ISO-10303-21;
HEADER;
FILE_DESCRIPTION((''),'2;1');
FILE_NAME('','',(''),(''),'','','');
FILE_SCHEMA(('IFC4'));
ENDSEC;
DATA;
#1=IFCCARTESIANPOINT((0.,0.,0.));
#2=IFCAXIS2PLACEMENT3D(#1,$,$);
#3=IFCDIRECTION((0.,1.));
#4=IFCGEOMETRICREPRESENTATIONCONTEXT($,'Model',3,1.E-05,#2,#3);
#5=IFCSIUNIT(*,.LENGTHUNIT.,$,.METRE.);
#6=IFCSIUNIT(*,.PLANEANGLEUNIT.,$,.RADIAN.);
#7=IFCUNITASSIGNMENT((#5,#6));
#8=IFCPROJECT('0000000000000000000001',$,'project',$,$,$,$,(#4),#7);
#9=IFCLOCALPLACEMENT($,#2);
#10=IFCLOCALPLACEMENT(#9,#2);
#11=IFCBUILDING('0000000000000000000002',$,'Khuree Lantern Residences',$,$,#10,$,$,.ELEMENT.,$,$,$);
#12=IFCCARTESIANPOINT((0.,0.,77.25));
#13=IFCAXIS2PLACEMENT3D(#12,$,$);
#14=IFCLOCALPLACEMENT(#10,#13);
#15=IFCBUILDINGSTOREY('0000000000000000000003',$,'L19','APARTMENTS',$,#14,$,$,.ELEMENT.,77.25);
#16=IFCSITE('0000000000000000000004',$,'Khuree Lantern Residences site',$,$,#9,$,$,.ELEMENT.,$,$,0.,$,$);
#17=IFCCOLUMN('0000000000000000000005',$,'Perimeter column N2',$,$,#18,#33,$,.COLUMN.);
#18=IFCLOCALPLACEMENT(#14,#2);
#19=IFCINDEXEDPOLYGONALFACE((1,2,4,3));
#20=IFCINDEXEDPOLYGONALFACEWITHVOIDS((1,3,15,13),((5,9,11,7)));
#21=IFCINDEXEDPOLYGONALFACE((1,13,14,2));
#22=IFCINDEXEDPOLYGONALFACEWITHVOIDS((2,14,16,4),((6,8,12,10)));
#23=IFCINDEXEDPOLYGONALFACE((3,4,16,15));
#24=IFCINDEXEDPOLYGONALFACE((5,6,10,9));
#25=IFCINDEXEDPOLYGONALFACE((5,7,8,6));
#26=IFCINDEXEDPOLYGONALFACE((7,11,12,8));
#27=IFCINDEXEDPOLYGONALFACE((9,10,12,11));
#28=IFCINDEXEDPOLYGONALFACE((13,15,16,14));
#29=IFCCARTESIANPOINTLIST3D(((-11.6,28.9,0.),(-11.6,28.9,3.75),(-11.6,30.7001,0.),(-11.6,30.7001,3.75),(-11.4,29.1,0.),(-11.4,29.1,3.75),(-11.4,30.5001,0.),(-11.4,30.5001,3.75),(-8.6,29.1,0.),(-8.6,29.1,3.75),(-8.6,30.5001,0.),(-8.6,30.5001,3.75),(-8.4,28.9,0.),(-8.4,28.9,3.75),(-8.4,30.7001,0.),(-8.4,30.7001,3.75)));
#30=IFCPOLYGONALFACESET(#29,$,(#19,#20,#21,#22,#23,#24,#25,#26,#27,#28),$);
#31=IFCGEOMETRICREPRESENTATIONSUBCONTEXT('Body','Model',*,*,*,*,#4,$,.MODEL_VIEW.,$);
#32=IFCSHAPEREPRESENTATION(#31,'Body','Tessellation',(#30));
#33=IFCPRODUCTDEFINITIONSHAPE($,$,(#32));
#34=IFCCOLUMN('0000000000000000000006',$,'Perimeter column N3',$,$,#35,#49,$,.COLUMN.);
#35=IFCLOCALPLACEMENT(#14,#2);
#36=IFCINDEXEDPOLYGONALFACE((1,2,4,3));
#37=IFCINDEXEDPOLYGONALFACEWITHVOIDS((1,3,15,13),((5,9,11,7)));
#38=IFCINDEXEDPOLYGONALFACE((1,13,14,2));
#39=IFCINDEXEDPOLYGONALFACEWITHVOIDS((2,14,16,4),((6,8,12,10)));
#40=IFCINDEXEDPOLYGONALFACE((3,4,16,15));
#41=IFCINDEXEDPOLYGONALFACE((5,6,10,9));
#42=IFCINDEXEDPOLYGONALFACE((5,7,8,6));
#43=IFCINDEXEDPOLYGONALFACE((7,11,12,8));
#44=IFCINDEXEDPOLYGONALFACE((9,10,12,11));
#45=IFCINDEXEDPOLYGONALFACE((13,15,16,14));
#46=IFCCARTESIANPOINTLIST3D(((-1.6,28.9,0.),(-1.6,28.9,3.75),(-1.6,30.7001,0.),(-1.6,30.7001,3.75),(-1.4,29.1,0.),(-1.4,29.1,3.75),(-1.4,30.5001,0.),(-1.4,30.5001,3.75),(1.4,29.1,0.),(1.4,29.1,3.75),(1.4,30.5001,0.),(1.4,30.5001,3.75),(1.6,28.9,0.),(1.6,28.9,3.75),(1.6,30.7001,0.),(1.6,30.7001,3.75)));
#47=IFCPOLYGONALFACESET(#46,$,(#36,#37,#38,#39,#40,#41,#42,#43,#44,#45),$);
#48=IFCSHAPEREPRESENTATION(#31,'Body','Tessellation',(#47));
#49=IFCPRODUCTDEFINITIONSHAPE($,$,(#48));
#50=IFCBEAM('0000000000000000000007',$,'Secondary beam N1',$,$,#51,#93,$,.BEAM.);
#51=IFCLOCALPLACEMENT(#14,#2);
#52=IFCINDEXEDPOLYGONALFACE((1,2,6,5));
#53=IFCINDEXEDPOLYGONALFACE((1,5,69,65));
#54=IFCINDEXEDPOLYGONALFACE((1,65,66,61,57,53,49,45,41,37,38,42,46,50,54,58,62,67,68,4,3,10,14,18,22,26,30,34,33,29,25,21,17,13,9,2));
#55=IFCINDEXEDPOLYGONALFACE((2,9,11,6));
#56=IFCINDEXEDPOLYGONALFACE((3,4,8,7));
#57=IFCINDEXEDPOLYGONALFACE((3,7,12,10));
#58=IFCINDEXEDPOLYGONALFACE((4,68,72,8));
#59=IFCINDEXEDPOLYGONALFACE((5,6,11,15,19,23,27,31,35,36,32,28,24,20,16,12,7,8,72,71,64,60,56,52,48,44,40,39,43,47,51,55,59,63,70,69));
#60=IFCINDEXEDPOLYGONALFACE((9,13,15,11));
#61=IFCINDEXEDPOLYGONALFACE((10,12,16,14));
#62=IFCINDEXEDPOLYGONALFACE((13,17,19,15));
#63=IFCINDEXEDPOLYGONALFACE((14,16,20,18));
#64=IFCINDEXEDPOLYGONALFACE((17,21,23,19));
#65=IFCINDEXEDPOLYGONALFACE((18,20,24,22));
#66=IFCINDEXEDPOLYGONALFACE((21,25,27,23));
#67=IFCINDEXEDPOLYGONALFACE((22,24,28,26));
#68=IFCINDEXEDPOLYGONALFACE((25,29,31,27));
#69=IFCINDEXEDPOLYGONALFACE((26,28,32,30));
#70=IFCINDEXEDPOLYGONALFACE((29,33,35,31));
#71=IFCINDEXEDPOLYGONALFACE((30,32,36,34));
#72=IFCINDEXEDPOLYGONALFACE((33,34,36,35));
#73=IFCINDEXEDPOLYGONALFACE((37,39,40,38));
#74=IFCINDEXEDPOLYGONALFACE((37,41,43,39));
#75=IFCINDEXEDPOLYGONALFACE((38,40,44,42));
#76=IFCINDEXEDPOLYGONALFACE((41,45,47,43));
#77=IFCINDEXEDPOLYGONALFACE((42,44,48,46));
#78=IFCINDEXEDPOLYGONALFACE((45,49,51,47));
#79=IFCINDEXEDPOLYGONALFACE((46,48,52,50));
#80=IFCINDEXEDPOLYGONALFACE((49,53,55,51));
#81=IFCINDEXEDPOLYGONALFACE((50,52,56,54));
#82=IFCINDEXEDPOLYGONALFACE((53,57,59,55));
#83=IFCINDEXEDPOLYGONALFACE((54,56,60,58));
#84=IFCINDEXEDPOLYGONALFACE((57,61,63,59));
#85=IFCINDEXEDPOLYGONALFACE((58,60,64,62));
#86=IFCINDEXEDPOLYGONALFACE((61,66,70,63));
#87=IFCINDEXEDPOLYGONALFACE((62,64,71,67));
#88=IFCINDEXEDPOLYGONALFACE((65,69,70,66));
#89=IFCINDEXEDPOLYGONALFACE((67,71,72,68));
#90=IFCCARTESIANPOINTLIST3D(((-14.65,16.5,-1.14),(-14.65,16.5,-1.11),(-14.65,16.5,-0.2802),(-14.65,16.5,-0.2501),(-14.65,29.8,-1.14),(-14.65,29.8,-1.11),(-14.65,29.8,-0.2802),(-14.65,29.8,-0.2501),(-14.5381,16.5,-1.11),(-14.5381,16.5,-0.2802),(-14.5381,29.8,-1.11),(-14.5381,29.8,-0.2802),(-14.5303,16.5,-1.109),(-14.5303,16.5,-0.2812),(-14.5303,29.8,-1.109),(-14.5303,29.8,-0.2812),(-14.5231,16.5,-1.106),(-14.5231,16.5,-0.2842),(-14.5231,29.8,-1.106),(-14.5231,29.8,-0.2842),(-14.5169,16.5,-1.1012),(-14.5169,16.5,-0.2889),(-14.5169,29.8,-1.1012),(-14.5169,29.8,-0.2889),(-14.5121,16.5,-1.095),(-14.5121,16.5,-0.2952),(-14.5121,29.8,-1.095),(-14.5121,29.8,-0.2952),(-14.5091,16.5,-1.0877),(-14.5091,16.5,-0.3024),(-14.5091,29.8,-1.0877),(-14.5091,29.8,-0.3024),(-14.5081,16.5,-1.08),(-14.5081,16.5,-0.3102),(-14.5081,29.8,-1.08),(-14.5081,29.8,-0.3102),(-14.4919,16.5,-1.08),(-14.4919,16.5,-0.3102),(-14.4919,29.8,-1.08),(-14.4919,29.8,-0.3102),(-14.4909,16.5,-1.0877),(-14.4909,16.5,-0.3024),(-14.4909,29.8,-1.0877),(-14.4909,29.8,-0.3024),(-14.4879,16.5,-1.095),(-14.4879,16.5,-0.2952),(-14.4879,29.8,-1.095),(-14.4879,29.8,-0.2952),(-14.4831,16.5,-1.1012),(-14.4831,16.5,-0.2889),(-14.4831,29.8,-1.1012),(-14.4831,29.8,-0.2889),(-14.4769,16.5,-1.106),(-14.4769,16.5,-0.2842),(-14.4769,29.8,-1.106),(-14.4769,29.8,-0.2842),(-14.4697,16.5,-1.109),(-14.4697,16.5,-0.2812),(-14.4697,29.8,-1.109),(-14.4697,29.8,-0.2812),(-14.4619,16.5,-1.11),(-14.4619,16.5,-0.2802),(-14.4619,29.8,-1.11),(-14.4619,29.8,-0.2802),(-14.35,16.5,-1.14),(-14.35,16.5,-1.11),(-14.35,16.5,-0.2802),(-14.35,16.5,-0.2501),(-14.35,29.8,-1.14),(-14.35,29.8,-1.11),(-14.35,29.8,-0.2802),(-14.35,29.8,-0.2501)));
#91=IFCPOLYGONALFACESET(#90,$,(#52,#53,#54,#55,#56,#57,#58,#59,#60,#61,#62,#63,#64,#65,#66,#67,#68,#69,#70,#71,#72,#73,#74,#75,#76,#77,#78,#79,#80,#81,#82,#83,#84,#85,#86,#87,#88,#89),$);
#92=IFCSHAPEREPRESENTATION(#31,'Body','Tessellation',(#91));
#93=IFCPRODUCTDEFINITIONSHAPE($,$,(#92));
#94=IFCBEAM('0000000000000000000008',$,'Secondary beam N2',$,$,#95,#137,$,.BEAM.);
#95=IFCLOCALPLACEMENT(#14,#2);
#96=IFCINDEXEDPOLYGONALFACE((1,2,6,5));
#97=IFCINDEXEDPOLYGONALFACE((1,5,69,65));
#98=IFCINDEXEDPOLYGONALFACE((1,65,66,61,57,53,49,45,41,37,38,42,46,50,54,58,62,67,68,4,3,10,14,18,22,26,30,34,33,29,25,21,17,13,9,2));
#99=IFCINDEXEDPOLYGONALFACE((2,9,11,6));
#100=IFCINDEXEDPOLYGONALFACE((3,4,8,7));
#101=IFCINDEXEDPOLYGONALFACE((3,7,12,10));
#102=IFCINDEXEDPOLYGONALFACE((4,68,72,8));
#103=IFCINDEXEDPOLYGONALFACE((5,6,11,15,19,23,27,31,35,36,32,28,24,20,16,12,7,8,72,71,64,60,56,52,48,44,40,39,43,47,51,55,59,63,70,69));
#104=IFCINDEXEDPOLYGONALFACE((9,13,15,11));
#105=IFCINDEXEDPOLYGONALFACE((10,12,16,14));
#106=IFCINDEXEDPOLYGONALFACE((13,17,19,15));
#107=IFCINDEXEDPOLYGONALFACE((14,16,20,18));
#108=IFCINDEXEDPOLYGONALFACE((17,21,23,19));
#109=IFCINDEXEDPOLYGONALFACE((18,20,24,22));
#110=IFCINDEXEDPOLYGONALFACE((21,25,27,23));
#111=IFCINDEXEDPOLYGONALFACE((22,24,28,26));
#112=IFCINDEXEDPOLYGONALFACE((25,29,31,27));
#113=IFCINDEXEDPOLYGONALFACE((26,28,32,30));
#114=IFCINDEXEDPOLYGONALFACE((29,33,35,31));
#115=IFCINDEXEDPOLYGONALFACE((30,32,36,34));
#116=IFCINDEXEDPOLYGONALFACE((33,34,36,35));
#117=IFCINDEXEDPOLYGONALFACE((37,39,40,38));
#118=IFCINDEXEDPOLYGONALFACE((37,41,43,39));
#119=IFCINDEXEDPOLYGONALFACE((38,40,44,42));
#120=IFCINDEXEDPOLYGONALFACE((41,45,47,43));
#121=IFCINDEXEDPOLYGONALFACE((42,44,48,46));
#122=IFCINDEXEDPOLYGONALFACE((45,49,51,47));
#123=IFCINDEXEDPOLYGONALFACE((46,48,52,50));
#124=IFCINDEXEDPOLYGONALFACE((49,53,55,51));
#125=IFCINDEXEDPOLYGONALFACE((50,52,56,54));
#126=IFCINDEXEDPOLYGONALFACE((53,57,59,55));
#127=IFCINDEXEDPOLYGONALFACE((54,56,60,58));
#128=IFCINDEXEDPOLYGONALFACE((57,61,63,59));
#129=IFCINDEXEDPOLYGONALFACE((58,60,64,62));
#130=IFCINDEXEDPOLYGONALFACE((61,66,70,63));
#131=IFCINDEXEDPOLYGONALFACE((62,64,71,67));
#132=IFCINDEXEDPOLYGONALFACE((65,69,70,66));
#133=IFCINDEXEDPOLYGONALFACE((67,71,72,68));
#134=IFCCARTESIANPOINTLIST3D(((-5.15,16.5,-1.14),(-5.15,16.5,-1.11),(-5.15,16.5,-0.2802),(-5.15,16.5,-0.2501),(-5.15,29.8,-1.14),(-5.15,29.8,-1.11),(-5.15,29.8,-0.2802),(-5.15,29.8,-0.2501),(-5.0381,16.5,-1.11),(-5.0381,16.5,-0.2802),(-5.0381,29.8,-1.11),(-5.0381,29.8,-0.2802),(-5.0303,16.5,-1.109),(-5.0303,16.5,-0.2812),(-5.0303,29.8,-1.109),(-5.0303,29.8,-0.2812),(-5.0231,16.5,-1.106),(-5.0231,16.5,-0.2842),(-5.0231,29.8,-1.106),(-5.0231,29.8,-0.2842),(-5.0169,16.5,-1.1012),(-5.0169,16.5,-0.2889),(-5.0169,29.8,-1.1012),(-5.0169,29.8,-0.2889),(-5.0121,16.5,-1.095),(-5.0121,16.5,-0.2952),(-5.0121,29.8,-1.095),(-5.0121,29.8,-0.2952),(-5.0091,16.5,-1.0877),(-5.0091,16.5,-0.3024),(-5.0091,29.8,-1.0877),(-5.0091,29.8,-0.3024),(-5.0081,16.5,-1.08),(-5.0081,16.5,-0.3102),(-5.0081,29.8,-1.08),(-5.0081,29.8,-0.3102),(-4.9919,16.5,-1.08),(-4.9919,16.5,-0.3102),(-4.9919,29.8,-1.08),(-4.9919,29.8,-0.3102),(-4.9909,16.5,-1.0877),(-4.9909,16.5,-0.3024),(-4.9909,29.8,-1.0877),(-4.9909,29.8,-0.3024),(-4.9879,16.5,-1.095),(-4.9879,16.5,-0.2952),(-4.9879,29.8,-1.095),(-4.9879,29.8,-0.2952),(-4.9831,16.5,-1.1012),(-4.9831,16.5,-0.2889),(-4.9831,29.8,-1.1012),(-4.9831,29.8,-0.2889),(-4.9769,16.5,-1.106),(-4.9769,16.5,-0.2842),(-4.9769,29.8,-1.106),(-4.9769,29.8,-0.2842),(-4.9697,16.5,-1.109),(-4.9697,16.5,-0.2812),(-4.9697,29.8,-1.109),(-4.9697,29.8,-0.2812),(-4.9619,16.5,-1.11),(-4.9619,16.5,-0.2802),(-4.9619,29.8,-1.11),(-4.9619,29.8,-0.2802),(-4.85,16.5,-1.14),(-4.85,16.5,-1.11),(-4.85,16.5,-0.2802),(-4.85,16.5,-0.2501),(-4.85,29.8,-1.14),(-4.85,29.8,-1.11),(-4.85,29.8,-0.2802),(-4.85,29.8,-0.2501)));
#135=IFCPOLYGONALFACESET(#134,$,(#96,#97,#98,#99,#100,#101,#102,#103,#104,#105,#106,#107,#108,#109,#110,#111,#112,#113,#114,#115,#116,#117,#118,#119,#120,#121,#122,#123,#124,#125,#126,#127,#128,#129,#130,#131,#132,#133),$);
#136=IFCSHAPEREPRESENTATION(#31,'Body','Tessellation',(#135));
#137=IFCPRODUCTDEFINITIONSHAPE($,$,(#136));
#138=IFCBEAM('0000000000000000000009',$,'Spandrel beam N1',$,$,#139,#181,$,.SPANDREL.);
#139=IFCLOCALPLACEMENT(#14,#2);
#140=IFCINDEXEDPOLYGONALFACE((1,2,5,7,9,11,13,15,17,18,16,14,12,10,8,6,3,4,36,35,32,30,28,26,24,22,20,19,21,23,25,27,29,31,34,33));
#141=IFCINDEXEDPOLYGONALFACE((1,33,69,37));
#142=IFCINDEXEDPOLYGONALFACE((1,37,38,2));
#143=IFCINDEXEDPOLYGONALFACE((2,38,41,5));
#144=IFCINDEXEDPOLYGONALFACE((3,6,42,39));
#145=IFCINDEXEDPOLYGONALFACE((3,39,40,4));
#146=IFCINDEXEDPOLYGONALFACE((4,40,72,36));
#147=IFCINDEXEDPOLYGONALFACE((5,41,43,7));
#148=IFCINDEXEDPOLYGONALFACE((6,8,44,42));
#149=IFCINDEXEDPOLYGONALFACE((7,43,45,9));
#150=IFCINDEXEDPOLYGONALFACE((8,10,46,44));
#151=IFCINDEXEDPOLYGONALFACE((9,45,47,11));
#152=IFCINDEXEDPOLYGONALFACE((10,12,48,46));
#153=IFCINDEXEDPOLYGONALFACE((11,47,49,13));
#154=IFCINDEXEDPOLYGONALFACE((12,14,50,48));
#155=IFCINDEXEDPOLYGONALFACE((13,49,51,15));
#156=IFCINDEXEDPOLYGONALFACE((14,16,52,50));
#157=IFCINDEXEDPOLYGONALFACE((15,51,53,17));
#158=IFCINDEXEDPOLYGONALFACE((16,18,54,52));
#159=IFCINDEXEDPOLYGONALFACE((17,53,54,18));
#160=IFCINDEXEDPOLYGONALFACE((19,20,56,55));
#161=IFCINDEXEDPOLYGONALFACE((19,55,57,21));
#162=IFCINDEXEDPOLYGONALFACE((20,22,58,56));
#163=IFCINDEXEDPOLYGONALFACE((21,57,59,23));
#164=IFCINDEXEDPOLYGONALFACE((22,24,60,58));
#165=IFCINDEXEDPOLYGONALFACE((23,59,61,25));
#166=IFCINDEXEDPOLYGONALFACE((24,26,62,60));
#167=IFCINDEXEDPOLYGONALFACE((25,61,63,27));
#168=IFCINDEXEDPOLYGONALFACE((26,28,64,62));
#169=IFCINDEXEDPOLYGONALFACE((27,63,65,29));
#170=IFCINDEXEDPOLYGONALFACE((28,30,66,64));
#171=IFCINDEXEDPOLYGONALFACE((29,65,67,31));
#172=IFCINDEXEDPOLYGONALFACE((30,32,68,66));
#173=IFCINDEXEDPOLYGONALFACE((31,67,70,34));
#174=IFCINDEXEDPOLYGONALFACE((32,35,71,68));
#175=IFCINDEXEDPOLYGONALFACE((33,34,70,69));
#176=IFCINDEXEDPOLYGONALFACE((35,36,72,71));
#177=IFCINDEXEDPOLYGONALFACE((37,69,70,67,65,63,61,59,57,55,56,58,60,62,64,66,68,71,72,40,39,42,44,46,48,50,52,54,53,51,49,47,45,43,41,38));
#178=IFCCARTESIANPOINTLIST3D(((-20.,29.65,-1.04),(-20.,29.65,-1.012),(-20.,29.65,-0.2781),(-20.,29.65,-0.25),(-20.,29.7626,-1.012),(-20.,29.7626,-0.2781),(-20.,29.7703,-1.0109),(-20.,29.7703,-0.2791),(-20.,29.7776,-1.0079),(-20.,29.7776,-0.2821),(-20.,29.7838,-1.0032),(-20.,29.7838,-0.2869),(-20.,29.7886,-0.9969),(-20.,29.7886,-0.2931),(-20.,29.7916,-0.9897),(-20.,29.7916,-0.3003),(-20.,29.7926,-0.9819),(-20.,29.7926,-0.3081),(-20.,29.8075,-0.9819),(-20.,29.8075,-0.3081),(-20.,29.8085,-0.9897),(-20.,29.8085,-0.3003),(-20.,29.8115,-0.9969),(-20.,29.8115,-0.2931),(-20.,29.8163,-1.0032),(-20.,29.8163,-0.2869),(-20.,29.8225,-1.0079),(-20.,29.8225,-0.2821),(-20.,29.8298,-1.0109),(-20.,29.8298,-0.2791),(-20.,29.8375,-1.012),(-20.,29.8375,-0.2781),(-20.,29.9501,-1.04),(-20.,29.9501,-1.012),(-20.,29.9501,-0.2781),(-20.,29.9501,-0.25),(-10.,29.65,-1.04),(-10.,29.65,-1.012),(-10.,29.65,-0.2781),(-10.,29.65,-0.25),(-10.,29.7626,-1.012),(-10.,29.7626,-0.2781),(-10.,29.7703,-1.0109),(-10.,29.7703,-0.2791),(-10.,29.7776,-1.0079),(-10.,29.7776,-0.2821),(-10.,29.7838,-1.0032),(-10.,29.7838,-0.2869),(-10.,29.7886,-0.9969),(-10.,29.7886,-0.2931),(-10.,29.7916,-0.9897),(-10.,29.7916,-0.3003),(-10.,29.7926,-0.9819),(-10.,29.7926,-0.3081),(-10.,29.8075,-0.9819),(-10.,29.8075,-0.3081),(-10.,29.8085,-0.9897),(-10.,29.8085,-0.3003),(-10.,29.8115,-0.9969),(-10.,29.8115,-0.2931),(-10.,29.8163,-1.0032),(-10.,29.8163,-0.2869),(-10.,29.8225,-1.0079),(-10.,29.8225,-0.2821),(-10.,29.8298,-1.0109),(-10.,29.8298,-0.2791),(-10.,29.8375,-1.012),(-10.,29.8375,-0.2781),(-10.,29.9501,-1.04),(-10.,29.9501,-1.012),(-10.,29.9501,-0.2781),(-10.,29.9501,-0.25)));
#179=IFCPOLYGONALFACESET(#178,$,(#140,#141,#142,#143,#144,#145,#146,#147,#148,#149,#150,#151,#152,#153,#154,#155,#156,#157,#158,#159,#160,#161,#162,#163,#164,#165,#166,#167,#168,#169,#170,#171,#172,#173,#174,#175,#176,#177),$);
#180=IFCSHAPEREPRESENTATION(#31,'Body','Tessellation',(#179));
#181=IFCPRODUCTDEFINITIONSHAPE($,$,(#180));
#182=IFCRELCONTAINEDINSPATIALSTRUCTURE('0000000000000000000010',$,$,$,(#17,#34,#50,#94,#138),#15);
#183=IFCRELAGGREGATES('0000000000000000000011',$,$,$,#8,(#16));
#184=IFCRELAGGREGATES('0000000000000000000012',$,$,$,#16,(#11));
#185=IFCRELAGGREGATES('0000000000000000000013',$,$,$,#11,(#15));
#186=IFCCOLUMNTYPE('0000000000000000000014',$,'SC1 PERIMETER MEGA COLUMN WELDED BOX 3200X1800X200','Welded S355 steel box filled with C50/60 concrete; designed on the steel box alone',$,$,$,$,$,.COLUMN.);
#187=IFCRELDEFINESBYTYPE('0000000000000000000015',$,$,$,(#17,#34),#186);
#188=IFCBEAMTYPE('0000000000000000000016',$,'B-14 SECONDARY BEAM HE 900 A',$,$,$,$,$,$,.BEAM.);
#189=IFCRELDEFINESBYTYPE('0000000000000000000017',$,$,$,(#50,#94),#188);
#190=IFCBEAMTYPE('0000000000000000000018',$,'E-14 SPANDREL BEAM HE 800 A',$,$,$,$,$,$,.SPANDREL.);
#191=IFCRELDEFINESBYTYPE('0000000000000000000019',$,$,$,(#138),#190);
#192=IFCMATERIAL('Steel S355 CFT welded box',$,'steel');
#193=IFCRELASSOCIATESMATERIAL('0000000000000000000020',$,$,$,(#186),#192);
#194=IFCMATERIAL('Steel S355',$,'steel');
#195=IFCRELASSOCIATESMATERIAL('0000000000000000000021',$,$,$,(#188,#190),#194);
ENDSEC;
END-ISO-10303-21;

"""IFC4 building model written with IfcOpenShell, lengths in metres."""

from ifc_helpers import new_model, si_unit, direction, frame, origin, origin_2d, place, context, subcontext, project, spatial, hollow_rectangle, i_section, extrude, material, material_profile, profile_set, type_object, element, save


model = new_model("IFC4")

# Units and contexts
model_context = context("Model", 3, precision=1e-05, world=origin(), true_north=direction((0.0, 1.0)))
body_context = subcontext(model_context, "Body", "Model", "MODEL_VIEW")
ifc_project = project(units=[si_unit("LENGTHUNIT", "METRE"), si_unit("PLANEANGLEUNIT", "RADIAN")], contexts=[model_context])

# Site, building, storey
site_placement = place(None, origin())
site = spatial("IfcSite", under=ifc_project, at=site_placement, Name="Khuree Lantern Residences site", CompositionType="ELEMENT", RefElevation=0.0)
building_placement = place(site_placement, origin())
building = spatial("IfcBuilding", under=site, at=building_placement, Name="Khuree Lantern Residences", CompositionType="ELEMENT")
storey_placement = place(building_placement, frame((0.0, 0.0, 77.25)))
storey = spatial("IfcBuildingStorey", under=building, at=storey_placement, Name="L19", Description="APARTMENTS", CompositionType="ELEMENT", Elevation=77.25)

# Columns
ifc_material_1 = material(Name="Steel S355 CFT welded box", Category="steel")
ifc_material_profile_1 = material_profile(ifc_material_1, hollow_rectangle(XDim=3.2, YDim=1.8, WallThickness=0.2, at=origin_2d()), Name="WELDED BOX 3200X1800X200")
ifc_profile_set_1 = profile_set([ifc_material_profile_1], Name="Steel S355 CFT welded box")
column_type = type_object("IfcColumnType", Name="SC1 PERIMETER MEGA COLUMN WELDED BOX 3200X1800X200", Description="Welded S355 steel box filled with C50/60 concrete; designed on the steel box alone", PredefinedType="COLUMN", material=ifc_profile_set_1)
for number, where, z_axis, x_axis, name in (
    (1, (-10.0, 29.8, 0.0), (0.0, 0.0, 1.0), (1.0, 0.0, 0.0), "Perimeter column N2"),
    (2, (0.0, 29.8, 0.0), (0.0, 0.0, 1.0), (1.0, 0.0, 0.0), "Perimeter column N3"),
):
    element("IfcColumn", number, at=place(storey_placement, frame(where, z_axis=z_axis, x_axis=x_axis)), inside=storey, type_object=column_type, Name=name, PredefinedType="COLUMN", context=body_context, shape_type="SweptSolid", body=[
        extrude(hollow_rectangle(XDim=3.2, YDim=1.8, WallThickness=0.2, at=origin_2d()), origin(), (0.0, 0.0, 1.0), 3.75),
    ])

# Beams
ifc_material_2 = material(Name="Steel S355", Category="steel")
ifc_material_profile_2 = material_profile(ifc_material_2, i_section(OverallWidth=0.3, OverallDepth=0.8899, WebThickness=0.0161, FlangeThickness=0.03, FilletRadius=0.03, at=origin_2d()), Name="HE 900 A")
ifc_profile_set_2 = profile_set([ifc_material_profile_2], Name="Steel S355")
beam_type_1 = type_object("IfcBeamType", Name="B-14 SECONDARY BEAM HE 900 A", PredefinedType="BEAM", material=ifc_profile_set_2)
for number, where, z_axis, x_axis, name in (
    (3, (-14.5, 29.8, -0.6951), (0.0, -1.0, 0.0), (1.0, 0.0, 0.0), "Secondary beam N1"),
    (4, (-5.0, 29.8, -0.6951), (0.0, -1.0, 0.0), (1.0, 0.0, 0.0), "Secondary beam N2"),
):
    element("IfcBeam", number, at=place(storey_placement, frame(where, z_axis=z_axis, x_axis=x_axis)), inside=storey, type_object=beam_type_1, Name=name, PredefinedType="BEAM", context=body_context, shape_type="SweptSolid", body=[
        extrude(i_section(OverallWidth=0.3, OverallDepth=0.8899, WebThickness=0.0161, FlangeThickness=0.03, FilletRadius=0.03, at=origin_2d()), origin(), (0.0, 0.0, 1.0), 13.3),
    ])
ifc_material_profile_3 = material_profile(ifc_material_2, i_section(OverallWidth=0.3, OverallDepth=0.79, WebThickness=0.0149, FlangeThickness=0.0281, FilletRadius=0.03, at=origin_2d()), Name="HE 800 A")
ifc_profile_set_3 = profile_set([ifc_material_profile_3], Name="Steel S355")
beam_type_2 = type_object("IfcBeamType", Name="E-14 SPANDREL BEAM HE 800 A", PredefinedType="SPANDREL", material=ifc_profile_set_3)
for number, where, z_axis, x_axis, name in (
    (5, (-20.0, 29.8, -0.645), (1.0, 0.0, 0.0), (0.0, 1.0, 0.0), "Spandrel beam N1"),
):
    element("IfcBeam", number, at=place(storey_placement, frame(where, z_axis=z_axis, x_axis=x_axis)), inside=storey, type_object=beam_type_2, Name=name, PredefinedType="SPANDREL", context=body_context, shape_type="SweptSolid", body=[
        extrude(i_section(OverallWidth=0.3, OverallDepth=0.79, WebThickness=0.0149, FlangeThickness=0.0281, FilletRadius=0.03, at=origin_2d()), origin(), (0.0, 0.0, 1.0), 10.0),
    ])

save(model, "model.ifc")
